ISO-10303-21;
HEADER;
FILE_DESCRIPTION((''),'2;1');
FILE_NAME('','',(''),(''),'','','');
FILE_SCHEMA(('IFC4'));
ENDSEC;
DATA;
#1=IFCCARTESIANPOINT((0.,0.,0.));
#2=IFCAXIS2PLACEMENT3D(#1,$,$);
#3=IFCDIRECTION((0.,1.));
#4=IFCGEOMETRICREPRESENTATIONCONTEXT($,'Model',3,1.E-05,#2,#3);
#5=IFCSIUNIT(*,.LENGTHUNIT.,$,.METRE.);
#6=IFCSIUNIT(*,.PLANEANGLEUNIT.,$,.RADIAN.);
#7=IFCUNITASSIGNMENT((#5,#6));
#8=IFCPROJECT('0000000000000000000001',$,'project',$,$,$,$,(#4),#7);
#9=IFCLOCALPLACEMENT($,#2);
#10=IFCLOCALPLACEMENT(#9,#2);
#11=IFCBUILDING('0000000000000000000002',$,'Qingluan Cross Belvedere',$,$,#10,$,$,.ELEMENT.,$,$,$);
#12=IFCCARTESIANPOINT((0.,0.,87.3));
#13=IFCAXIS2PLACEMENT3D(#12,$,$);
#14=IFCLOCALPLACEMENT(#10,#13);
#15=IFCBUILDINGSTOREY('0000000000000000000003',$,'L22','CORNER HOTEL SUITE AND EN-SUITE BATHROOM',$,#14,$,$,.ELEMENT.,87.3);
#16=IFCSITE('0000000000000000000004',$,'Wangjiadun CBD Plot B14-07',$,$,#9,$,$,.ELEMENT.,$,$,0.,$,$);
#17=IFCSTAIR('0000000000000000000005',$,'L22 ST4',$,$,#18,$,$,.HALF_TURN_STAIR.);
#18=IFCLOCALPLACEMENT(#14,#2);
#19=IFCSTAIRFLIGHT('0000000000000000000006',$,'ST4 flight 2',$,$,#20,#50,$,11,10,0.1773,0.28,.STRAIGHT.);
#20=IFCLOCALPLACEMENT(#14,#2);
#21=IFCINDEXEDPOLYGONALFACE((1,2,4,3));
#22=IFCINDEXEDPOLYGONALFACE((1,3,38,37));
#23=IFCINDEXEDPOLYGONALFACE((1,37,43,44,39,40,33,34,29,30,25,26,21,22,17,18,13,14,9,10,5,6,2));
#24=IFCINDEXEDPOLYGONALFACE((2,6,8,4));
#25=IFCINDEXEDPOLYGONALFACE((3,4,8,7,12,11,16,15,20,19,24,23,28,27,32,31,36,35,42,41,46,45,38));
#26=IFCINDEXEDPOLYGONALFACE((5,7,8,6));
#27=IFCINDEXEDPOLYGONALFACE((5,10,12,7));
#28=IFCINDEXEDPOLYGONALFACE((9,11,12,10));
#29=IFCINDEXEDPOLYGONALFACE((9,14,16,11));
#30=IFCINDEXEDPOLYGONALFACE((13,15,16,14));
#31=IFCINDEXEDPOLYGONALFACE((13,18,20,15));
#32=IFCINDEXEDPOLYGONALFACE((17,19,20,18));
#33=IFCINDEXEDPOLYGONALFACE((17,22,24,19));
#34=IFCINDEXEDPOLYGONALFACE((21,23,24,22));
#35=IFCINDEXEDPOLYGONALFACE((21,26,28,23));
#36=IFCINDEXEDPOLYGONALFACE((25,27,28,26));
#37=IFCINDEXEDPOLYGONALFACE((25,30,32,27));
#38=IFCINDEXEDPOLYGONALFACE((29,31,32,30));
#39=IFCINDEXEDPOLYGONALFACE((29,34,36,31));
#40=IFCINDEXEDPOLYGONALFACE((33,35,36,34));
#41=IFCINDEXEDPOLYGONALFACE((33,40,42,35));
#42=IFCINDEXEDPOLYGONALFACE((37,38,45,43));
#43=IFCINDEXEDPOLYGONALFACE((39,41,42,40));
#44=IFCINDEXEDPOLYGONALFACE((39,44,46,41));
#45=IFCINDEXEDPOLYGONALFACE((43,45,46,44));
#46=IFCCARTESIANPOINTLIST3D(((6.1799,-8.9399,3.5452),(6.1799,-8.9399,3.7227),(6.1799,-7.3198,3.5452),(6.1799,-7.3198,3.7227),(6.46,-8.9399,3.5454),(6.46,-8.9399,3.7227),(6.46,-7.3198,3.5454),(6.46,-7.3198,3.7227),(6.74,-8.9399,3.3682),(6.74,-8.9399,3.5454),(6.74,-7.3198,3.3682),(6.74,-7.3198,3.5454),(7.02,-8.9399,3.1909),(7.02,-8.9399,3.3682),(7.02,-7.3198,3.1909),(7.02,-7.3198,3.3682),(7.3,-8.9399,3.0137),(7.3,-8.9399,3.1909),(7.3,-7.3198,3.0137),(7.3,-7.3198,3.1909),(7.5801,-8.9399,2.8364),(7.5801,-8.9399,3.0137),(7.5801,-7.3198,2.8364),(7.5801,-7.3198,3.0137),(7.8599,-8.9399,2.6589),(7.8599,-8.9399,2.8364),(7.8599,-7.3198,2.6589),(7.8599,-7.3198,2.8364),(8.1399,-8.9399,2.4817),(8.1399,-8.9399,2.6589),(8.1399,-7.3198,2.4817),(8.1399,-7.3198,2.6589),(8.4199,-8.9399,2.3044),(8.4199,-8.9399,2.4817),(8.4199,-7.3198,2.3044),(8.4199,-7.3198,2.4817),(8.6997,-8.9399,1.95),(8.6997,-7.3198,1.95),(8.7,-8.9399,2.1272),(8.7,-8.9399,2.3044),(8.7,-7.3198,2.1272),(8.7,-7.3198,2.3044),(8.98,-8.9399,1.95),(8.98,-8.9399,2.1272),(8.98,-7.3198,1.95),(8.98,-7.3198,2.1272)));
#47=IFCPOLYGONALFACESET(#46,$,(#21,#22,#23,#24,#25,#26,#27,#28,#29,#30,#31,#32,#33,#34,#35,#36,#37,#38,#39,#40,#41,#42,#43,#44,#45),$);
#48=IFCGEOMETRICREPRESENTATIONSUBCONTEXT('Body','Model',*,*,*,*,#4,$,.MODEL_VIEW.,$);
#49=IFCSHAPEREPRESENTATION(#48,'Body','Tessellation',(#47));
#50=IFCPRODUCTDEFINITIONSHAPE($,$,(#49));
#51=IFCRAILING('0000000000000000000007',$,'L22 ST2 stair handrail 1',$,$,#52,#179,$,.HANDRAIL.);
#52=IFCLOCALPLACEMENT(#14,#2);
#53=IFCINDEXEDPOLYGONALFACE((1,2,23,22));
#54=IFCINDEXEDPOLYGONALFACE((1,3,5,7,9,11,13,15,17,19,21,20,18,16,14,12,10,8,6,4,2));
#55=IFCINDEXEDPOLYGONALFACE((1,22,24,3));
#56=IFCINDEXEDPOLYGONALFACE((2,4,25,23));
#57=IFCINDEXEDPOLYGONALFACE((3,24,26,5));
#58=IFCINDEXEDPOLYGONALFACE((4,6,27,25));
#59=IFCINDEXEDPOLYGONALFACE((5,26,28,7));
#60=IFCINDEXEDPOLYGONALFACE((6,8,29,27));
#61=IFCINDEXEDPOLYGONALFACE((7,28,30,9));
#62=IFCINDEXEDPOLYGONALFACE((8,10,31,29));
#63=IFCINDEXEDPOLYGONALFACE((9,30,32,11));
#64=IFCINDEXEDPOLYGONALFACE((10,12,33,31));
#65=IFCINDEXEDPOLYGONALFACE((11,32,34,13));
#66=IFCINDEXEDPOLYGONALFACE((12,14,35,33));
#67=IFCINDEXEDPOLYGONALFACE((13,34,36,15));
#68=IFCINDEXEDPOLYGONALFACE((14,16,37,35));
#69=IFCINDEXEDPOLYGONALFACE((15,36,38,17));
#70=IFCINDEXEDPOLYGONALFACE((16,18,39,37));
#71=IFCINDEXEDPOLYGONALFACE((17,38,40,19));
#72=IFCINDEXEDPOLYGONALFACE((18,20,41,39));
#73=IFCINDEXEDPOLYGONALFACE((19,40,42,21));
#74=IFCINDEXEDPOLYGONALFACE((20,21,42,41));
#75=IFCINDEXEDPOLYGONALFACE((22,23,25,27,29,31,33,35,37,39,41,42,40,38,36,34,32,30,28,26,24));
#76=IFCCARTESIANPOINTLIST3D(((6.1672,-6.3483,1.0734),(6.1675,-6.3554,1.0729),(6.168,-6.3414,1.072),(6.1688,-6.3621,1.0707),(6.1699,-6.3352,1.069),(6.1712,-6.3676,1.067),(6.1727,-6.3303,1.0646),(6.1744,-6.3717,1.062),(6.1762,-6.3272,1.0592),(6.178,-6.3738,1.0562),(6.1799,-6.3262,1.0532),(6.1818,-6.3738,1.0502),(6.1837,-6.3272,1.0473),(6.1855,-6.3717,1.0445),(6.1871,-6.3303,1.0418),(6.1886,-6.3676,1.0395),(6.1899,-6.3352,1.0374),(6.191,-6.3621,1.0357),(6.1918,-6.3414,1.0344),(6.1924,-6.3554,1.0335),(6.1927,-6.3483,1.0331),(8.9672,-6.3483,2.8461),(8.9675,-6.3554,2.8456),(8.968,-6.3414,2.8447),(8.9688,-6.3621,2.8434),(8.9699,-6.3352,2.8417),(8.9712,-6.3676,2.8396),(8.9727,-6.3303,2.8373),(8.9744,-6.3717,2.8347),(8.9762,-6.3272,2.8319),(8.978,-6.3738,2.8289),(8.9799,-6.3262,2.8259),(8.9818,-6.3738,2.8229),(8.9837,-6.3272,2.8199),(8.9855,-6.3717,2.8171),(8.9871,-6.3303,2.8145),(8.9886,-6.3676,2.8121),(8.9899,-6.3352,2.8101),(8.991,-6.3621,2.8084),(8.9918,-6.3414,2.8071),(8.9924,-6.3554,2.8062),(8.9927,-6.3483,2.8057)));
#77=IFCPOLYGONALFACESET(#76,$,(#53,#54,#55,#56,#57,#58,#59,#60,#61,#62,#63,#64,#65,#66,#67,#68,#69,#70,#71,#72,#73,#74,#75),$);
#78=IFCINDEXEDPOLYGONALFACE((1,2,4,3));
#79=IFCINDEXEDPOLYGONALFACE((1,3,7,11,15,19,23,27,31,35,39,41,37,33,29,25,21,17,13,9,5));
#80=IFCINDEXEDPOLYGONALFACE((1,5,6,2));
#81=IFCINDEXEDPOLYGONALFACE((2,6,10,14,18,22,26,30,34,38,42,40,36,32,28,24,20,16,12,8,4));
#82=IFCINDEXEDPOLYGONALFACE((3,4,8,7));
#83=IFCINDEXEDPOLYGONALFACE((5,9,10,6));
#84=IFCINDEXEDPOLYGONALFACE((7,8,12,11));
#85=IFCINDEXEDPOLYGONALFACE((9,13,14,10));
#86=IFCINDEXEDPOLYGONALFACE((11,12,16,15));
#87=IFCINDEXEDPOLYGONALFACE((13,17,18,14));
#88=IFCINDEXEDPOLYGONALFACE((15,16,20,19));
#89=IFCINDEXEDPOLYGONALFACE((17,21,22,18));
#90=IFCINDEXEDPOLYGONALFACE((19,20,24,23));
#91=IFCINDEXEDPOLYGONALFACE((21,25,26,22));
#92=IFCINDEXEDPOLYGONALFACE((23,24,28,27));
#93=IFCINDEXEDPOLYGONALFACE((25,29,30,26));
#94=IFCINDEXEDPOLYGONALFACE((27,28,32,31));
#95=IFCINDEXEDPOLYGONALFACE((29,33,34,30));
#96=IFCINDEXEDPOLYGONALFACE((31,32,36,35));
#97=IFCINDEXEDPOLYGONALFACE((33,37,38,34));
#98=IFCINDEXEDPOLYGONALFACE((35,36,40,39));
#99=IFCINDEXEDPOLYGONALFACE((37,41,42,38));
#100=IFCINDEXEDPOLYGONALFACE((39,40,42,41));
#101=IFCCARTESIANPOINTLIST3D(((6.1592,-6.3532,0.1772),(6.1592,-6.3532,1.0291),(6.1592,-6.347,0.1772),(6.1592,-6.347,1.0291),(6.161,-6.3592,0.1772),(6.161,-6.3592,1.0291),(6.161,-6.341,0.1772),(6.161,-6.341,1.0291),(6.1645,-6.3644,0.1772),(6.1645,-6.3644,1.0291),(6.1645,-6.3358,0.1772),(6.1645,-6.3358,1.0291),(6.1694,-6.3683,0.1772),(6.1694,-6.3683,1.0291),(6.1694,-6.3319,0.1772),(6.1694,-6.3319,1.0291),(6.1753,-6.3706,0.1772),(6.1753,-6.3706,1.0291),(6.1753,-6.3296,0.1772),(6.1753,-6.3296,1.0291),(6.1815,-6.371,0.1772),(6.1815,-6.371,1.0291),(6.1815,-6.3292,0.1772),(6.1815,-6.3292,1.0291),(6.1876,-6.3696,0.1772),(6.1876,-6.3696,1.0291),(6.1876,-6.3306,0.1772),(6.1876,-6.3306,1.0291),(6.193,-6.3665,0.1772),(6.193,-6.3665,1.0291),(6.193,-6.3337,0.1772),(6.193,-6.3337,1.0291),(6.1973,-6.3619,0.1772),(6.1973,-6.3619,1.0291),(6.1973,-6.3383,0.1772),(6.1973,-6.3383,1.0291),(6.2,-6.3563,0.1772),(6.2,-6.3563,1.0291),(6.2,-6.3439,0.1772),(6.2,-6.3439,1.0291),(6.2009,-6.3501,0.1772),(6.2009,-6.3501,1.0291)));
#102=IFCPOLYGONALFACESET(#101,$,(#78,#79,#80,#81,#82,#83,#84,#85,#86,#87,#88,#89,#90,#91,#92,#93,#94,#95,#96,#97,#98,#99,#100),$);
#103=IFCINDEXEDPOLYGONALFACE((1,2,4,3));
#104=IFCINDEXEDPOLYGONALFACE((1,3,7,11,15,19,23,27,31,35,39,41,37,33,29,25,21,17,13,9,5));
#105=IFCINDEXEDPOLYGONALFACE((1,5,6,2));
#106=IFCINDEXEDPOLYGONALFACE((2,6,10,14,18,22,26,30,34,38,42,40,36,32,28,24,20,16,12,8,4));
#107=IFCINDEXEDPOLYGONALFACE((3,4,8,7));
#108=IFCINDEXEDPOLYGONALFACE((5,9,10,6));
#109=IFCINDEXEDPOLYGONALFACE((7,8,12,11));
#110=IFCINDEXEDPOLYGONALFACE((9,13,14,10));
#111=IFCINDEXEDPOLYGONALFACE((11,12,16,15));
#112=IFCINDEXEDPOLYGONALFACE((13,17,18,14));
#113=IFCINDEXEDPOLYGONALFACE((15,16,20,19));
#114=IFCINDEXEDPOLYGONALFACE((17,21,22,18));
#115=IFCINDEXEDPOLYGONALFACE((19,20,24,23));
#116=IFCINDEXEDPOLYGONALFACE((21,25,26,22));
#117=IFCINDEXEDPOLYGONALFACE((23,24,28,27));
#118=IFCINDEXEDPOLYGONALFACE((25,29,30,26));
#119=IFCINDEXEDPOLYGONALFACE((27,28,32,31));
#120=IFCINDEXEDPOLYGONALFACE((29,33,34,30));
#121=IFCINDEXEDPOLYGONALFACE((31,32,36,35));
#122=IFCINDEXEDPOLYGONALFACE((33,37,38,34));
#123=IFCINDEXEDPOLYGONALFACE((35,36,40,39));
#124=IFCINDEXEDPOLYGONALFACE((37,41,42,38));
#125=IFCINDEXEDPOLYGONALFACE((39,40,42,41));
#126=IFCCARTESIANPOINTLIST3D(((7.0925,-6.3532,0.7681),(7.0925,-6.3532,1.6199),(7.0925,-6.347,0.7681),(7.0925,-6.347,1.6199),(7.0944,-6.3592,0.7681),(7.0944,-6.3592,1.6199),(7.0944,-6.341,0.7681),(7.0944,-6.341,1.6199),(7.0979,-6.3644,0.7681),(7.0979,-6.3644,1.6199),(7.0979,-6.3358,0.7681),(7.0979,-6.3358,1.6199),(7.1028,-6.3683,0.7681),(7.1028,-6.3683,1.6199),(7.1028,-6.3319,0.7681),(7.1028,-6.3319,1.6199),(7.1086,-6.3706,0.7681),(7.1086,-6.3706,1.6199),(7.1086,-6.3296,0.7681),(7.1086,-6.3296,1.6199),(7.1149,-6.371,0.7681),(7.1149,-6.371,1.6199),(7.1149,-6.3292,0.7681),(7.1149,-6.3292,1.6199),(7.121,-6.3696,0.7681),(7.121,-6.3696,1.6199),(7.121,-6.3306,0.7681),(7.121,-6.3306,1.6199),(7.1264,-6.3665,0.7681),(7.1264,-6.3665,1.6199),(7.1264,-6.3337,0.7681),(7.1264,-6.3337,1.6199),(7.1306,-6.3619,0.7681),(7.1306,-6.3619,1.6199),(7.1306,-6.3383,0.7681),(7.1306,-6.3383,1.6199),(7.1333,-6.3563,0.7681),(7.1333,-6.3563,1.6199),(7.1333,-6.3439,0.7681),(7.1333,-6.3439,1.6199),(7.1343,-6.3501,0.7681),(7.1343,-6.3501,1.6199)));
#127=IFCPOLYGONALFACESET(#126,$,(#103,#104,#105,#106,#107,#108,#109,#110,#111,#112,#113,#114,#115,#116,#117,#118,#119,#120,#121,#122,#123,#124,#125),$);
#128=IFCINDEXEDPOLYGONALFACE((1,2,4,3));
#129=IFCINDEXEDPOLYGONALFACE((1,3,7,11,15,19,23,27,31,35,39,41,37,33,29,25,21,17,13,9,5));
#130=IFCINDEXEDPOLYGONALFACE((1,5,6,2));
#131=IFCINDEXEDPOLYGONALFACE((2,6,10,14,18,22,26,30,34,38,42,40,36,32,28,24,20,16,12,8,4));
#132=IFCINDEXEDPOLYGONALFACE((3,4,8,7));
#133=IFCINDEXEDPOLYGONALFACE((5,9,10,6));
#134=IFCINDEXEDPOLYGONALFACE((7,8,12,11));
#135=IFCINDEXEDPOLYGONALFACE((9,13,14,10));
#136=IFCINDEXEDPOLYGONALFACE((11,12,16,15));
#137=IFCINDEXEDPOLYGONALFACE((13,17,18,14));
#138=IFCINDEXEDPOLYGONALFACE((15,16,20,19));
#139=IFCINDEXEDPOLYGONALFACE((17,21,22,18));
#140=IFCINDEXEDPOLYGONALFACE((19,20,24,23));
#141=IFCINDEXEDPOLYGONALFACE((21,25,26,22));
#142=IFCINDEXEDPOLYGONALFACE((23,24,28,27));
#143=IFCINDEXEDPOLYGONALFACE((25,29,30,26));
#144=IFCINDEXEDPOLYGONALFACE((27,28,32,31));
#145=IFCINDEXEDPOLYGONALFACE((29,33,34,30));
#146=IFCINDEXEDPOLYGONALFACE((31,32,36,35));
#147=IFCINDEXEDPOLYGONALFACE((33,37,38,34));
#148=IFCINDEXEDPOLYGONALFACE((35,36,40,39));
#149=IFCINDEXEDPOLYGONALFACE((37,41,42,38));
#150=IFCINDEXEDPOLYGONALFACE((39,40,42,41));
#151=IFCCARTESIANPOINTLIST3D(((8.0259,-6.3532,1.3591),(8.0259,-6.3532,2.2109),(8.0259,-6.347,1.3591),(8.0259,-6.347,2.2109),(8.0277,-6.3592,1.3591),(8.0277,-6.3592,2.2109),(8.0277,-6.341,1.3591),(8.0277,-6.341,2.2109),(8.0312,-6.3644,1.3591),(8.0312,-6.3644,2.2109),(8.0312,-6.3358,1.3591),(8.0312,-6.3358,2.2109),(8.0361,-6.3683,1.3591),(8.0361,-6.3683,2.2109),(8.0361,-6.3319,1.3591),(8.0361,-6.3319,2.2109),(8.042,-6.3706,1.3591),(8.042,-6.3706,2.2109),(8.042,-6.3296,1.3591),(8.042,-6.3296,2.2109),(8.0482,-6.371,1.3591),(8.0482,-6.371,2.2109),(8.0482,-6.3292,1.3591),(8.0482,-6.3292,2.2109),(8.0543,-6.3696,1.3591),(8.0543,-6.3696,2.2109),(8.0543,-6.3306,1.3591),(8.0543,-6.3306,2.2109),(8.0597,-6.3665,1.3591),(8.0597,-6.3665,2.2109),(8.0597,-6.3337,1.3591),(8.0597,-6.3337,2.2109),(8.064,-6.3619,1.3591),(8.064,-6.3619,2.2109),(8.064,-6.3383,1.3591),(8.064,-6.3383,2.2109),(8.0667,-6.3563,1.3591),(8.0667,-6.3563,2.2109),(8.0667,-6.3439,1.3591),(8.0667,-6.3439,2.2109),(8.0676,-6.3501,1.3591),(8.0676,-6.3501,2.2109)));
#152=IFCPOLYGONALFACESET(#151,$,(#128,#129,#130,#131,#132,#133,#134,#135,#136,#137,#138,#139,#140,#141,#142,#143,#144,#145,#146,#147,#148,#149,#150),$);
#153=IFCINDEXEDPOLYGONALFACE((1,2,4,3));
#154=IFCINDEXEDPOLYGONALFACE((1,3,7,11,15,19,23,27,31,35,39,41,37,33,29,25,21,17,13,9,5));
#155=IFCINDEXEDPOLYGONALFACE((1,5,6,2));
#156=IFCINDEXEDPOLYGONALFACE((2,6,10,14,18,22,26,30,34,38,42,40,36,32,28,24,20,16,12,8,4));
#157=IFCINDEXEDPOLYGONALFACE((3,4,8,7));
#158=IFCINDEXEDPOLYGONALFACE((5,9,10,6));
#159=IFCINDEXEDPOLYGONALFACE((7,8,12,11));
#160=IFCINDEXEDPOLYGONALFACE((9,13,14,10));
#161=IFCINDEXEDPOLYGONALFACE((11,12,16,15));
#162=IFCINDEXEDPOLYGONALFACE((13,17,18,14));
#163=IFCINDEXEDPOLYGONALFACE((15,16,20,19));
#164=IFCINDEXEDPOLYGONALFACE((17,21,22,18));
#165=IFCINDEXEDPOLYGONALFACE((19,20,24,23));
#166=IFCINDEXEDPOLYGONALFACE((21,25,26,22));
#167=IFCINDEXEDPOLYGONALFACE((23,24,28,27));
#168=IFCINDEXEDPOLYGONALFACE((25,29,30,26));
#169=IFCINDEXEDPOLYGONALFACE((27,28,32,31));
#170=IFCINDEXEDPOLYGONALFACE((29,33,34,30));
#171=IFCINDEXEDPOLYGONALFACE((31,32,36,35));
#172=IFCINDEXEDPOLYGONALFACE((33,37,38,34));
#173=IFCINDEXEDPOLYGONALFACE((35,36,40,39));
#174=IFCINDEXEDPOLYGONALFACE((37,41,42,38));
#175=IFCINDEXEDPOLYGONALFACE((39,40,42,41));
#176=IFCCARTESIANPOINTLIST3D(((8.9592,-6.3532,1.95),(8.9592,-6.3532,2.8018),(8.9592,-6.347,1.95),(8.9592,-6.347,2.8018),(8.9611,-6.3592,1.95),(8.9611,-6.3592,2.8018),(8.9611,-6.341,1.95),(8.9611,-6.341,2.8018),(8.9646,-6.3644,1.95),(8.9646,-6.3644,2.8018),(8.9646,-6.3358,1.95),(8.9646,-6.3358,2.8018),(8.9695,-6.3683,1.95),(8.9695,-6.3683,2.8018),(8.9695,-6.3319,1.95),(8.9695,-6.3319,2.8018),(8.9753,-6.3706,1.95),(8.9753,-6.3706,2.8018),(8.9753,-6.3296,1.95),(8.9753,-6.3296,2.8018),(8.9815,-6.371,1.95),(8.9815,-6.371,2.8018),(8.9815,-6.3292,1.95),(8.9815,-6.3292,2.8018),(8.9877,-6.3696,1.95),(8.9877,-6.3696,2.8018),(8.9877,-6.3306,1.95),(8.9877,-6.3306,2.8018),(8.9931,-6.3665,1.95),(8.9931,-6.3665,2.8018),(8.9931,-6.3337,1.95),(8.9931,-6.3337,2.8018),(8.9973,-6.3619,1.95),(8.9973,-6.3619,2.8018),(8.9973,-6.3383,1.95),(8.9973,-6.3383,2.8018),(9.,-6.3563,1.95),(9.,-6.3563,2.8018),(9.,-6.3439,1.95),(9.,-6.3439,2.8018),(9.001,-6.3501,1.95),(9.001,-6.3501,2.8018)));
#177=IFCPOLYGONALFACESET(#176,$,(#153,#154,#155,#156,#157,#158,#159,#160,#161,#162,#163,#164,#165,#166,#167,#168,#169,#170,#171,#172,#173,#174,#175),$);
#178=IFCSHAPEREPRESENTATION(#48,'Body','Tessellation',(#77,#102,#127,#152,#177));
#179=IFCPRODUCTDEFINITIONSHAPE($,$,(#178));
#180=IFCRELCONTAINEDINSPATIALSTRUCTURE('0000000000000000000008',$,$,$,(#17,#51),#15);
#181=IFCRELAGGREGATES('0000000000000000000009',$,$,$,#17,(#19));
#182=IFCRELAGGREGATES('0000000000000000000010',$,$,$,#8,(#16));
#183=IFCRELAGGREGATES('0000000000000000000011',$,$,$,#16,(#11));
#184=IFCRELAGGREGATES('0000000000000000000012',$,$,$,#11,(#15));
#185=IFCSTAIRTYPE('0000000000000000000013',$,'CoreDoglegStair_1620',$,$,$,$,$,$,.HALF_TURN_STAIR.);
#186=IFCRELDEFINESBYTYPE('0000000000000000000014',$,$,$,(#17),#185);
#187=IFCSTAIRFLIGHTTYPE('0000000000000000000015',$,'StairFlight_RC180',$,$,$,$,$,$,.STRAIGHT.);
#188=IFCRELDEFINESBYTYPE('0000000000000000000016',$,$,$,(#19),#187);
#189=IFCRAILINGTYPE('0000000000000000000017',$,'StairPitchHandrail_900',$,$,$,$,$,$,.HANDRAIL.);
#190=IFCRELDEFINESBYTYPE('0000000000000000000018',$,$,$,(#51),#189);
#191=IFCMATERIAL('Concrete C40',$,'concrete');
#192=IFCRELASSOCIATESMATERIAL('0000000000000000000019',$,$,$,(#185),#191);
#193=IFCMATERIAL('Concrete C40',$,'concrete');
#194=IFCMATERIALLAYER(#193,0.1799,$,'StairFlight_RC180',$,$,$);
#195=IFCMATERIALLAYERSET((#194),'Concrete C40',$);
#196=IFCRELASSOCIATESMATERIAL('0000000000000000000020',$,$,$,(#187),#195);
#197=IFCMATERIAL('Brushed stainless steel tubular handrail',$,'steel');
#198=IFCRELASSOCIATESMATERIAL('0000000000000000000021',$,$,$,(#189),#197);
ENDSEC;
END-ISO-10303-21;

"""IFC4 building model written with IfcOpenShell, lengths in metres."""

from ifc_helpers import new_model, si_unit, direction, frame, origin, origin_2d, place, context, subcontext, project, spatial, polyline, circle, outline, extrude, material, layer, layer_set, type_object, element, aggregate, save


model = new_model("IFC4")

# Units and contexts
model_context = context("Model", 3, precision=1e-05, world=origin(), true_north=direction((0.0, 1.0)))
body_context = subcontext(model_context, "Body", "Model", "MODEL_VIEW")
ifc_project = project(units=[si_unit("LENGTHUNIT", "METRE"), si_unit("PLANEANGLEUNIT", "RADIAN")], contexts=[model_context])

# Site, building, storey
site_placement = place(None, origin())
site = spatial("IfcSite", under=ifc_project, at=site_placement, Name="Wangjiadun CBD Plot B14-07", CompositionType="ELEMENT", RefElevation=0.0)
building_placement = place(site_placement, origin())
building = spatial("IfcBuilding", under=site, at=building_placement, Name="Qingluan Cross Belvedere", CompositionType="ELEMENT")
storey_placement = place(building_placement, frame((0.0, 0.0, 87.3)))
storey = spatial("IfcBuildingStorey", under=building, at=storey_placement, Name="L22", Description="CORNER HOTEL SUITE AND EN-SUITE BATHROOM", CompositionType="ELEMENT", Elevation=87.3)

# Shared definitions
ifc_material_1 = material(Name="Concrete C40", Category="concrete")
stair_type = type_object("IfcStairType", Name="CoreDoglegStair_1620", PredefinedType="HALF_TURN_STAIR", material=ifc_material_1)
ifc_material_2 = material(Name="Concrete C40", Category="concrete")
ifc_layer_1 = layer(ifc_material_2, 0.1799, Name="StairFlight_RC180")
ifc_layer_set_1 = layer_set([ifc_layer_1], Name="Concrete C40")
stair_flight_type = type_object("IfcStairFlightType", Name="StairFlight_RC180", PredefinedType="STRAIGHT", material=ifc_layer_set_1)

# Stair, stair flight
stair_1_placement = place(storey_placement, origin())
stair_1 = element("IfcStair", 1, at=stair_1_placement, inside=storey, type_object=stair_type, Name="L22 ST4", PredefinedType="HALF_TURN_STAIR")
stair_flight_1_placement = place(storey_placement, frame((8.98, -8.1299, 1.95), z_axis=(0.0, 0.0, 1.0), x_axis=(-1.0, 0.0, 0.0)))
stair_flight_1 = element("IfcStairFlight", 2, at=stair_flight_1_placement, type_object=stair_flight_type, Name="ST4 flight 2", NumberOfRisers=11, NumberOfTreads=10, PredefinedType="STRAIGHT", RiserHeight=0.1773, TreadLength=0.28, context=body_context, shape_type="SweptSolid", body=[
    extrude(outline(polyline([(0.0, 0.0), (0.0, 0.1772), (0.28, 0.1772), (0.28, 0.3545), (0.5601, 0.3545), (0.5601, 0.5317), (0.8401, 0.5317), (0.8401, 0.709), (1.1201, 0.709), (1.1201, 0.8865), (1.3999, 0.8865), (1.3999, 1.0637), (1.6799, 1.0637), (1.6799, 1.241), (1.96, 1.241), (1.96, 1.4182), (2.24, 1.4182), (2.24, 1.5955), (2.52, 1.5955), (2.52, 1.7727), (2.8, 1.7727), (2.8, 1.95), (2.8, 1.5952), (0.2803, 0.0), (0.0, 0.0)])), frame((0.0, 0.8101, 0.0), z_axis=(0.0, -1.0, 0.0), x_axis=(1.0, 0.0, 0.0)), (0.0, 0.0, 1.0), 1.6201),
])
aggregate(stair_1, [stair_flight_1])

# Railing
ifc_material_3 = material(Name="Brushed stainless steel tubular handrail", Category="steel")
railing_type_1 = type_object("IfcRailingType", Name="StairPitchHandrail_900", PredefinedType="HANDRAIL", material=ifc_material_3)
for number, where, name in (
    (3, (6.1799, -6.3501, 0.1772), "L22 ST2 stair handrail 1"),
):
    element("IfcRailing", number, at=place(storey_placement, frame(where)), inside=storey, type_object=railing_type_1, Name=name, PredefinedType="HANDRAIL", context=body_context, shape_type="SweptSolid", body=[
        extrude(circle(Radius=0.0239, at=origin_2d()), frame((0.0, 0.0, 0.876), z_axis=(0.844909, 0.0, 0.53491), x_axis=(0.0, 1.0, 0.0)), (0.0, 0.0, 1.0), 3.314),
        extrude(circle(Radius=0.021, at=origin_2d()), origin(), (0.0, 0.0, 1.0), 0.8518),
        extrude(circle(Radius=0.021, at=origin_2d()), frame((0.9333, 0.0, 0.5908)), (0.0, 0.0, 1.0), 0.8518),
        extrude(circle(Radius=0.021, at=origin_2d()), frame((1.8667, 0.0, 1.1819)), (0.0, 0.0, 1.0), 0.8518),
        extrude(circle(Radius=0.021, at=origin_2d()), frame((2.8, 0.0, 1.7727)), (0.0, 0.0, 1.0), 0.8518),
    ])

save(model, "model.ifc")
